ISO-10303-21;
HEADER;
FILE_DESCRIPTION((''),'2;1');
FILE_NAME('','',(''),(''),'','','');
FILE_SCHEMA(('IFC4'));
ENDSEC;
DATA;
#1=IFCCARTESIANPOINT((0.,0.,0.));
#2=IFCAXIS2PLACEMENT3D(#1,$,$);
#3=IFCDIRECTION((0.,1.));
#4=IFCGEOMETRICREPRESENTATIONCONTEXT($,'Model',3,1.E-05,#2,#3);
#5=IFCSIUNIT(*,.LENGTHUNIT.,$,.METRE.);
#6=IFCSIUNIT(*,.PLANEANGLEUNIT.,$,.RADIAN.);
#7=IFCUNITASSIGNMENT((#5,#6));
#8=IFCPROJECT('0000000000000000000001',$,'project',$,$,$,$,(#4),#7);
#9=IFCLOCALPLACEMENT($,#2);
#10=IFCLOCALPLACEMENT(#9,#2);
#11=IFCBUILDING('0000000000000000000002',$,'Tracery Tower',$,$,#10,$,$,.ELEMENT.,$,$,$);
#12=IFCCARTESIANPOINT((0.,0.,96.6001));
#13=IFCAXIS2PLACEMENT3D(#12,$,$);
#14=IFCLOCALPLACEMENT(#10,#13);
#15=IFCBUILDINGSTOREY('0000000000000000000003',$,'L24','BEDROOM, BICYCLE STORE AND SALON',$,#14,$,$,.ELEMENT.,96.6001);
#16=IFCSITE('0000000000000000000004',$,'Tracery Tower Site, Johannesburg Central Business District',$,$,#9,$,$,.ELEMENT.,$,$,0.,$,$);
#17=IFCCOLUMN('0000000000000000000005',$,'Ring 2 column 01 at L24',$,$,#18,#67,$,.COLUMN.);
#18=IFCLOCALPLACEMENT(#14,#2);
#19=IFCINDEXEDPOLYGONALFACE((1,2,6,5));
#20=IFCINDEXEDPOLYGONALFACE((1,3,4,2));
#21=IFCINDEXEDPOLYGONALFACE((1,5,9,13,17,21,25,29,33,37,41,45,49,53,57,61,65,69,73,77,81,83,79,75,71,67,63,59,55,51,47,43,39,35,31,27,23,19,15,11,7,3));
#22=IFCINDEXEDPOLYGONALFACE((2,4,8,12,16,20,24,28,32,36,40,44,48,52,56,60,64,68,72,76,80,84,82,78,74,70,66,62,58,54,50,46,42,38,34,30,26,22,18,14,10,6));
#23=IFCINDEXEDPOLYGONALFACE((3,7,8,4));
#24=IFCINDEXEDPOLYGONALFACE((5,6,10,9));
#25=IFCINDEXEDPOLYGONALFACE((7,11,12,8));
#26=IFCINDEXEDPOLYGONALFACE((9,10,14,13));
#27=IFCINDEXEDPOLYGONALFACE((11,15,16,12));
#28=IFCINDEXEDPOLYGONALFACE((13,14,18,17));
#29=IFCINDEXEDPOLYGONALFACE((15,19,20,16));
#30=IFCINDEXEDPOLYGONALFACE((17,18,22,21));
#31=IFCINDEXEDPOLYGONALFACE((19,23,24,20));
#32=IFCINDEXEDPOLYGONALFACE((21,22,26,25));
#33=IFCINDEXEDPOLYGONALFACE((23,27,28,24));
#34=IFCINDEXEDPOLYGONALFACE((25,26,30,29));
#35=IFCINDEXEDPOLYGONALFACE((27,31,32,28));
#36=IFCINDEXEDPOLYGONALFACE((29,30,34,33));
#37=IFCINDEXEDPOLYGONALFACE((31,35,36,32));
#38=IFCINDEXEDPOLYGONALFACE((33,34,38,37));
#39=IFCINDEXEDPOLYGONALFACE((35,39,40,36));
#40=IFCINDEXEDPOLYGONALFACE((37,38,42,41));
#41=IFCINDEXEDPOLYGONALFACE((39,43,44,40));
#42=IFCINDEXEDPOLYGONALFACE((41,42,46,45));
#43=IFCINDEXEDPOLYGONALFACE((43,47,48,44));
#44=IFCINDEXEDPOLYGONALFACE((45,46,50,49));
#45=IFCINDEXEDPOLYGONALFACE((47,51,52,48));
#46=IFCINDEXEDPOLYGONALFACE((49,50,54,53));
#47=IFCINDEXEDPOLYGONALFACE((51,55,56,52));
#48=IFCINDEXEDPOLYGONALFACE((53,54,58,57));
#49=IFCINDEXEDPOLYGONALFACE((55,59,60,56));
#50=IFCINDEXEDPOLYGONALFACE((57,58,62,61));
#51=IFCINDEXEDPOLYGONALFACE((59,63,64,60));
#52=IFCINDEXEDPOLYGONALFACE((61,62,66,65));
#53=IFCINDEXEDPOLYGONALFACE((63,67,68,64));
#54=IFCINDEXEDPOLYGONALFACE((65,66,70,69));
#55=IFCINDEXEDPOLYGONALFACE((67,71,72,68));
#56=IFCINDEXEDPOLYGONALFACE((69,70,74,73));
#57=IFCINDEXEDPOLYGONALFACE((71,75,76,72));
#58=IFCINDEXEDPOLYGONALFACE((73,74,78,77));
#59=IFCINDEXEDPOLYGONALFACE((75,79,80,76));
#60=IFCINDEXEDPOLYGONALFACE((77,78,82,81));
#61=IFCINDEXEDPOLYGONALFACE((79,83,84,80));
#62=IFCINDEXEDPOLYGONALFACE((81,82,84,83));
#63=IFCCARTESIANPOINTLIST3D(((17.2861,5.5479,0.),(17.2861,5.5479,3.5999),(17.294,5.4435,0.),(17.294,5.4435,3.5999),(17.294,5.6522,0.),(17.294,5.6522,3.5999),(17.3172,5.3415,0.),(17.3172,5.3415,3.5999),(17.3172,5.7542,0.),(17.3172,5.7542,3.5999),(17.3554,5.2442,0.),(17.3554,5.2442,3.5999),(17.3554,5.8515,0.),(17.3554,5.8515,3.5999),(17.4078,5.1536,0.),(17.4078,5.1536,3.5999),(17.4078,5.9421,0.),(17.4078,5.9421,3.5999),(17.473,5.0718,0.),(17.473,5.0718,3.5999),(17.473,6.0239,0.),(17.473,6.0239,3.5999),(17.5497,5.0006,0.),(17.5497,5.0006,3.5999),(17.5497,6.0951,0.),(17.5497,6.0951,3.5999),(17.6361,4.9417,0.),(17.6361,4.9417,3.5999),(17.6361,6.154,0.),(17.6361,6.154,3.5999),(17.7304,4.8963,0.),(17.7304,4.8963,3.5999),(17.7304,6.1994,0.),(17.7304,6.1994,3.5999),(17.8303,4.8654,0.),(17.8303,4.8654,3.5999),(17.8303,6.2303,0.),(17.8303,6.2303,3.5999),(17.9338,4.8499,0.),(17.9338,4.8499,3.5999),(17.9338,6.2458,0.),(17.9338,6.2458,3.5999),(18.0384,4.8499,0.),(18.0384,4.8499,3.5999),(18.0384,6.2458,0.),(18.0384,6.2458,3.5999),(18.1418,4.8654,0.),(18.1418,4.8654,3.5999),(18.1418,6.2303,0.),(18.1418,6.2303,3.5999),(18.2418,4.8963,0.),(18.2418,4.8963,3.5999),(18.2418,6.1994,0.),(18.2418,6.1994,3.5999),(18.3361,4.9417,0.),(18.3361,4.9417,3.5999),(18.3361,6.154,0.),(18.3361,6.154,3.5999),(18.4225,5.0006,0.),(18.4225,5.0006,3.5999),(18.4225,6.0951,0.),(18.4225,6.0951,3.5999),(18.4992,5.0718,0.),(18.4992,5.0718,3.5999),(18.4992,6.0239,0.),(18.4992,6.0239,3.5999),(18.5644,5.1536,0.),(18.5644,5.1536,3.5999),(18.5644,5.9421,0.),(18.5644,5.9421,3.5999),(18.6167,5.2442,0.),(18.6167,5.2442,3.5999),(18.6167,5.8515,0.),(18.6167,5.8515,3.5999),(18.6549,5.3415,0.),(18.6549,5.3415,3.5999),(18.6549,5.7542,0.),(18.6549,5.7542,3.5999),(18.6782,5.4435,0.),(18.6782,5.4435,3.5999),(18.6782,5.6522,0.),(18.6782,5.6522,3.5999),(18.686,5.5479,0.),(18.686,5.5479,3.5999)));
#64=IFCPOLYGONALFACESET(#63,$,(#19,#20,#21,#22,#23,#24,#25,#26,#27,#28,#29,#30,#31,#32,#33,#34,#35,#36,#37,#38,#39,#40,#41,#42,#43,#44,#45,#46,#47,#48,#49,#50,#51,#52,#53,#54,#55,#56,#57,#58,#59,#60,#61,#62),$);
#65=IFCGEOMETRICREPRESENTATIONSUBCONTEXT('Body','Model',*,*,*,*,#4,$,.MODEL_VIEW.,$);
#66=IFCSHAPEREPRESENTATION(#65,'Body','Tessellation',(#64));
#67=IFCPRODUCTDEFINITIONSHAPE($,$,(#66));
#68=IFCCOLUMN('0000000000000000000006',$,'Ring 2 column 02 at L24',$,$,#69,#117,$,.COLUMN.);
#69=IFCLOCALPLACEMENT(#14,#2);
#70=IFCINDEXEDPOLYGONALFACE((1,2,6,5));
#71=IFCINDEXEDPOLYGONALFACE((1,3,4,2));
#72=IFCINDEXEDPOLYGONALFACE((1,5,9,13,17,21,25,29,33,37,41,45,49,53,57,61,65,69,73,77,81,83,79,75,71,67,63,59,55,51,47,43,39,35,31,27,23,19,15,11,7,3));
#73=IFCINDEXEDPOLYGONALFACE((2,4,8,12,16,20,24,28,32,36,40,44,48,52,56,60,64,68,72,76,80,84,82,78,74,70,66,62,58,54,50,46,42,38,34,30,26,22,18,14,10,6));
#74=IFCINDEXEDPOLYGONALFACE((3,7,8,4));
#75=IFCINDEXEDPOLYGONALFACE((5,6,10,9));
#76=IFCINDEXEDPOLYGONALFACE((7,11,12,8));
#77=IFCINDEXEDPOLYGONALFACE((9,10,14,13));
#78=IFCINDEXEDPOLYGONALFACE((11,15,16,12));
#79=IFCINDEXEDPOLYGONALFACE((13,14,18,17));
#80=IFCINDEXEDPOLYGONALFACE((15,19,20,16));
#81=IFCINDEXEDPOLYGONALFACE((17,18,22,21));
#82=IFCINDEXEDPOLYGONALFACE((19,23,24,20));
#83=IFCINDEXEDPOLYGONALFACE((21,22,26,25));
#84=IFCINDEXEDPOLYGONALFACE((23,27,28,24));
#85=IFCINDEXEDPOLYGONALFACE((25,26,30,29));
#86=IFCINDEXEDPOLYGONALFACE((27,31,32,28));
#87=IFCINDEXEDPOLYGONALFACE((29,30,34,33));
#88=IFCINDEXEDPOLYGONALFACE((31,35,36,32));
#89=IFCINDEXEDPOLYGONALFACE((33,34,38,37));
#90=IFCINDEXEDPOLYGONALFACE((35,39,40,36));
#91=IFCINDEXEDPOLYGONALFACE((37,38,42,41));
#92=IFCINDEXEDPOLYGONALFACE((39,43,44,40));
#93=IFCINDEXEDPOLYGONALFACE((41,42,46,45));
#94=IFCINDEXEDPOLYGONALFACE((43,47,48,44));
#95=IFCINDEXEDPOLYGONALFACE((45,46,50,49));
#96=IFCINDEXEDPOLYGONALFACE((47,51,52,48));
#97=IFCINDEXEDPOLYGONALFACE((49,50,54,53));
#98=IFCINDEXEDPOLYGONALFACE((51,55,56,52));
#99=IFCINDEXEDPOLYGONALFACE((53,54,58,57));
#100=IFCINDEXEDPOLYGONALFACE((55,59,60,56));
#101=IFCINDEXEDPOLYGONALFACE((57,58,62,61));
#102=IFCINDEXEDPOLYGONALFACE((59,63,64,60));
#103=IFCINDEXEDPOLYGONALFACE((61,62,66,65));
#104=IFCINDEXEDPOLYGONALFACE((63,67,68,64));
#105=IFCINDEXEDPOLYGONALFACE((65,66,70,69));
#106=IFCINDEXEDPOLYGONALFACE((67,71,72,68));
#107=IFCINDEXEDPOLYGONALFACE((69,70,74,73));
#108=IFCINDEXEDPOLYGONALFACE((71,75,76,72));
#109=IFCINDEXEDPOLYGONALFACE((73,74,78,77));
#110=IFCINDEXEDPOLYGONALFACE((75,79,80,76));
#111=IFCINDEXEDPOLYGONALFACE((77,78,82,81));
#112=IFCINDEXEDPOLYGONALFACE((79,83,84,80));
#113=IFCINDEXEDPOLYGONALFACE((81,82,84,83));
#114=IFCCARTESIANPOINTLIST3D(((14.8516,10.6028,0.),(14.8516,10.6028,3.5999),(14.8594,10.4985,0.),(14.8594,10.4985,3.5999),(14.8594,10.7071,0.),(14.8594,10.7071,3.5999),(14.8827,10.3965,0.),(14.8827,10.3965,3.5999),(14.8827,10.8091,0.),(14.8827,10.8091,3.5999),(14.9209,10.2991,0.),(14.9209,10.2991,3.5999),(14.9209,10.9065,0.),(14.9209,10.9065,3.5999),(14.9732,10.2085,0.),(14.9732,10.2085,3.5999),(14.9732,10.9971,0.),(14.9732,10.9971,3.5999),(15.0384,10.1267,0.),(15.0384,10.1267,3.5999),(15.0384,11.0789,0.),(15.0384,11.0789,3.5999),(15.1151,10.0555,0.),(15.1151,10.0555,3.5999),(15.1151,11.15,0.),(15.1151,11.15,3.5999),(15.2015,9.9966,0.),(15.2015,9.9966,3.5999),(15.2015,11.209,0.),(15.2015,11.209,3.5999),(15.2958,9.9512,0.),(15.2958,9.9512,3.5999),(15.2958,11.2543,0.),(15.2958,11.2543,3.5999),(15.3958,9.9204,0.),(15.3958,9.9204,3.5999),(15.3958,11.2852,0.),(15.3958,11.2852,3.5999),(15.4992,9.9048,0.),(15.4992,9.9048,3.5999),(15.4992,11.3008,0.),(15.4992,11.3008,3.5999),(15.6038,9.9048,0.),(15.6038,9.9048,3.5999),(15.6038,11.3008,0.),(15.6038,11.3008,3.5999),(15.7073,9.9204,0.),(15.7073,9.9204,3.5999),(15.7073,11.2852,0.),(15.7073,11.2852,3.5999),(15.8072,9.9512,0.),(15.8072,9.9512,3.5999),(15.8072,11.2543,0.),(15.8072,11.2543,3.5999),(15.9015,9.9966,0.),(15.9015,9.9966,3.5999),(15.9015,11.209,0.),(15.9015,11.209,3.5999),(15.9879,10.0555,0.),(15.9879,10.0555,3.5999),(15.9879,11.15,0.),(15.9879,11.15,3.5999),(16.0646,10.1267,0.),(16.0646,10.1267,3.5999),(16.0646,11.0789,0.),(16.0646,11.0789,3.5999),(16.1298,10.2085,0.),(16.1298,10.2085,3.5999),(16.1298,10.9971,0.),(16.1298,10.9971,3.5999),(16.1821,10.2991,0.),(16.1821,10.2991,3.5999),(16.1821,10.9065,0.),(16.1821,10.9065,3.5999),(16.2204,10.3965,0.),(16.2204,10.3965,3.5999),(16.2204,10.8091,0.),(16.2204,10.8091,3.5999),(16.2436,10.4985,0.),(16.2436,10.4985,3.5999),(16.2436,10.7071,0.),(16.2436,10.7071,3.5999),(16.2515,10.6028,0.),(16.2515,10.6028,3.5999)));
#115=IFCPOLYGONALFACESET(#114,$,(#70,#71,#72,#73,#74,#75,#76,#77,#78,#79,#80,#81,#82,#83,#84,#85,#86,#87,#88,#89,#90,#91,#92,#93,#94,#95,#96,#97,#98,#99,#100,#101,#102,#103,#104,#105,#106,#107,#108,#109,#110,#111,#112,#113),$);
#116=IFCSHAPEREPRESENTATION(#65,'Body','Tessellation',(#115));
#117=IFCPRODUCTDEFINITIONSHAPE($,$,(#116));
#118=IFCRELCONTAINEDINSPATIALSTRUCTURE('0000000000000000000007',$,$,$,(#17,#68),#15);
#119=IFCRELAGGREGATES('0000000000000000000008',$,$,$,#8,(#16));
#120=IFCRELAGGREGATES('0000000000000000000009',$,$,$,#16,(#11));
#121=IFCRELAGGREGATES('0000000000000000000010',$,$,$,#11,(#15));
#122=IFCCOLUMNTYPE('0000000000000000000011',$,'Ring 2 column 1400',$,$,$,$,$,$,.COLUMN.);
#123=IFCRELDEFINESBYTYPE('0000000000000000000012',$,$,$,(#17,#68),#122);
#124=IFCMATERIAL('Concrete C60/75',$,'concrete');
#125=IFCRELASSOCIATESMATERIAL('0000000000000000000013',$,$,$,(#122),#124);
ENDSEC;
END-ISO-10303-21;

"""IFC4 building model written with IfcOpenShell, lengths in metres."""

from ifc_helpers import new_model, si_unit, direction, frame, origin, origin_2d, place, context, subcontext, project, spatial, circle, extrude, material, material_profile, profile_set, type_object, element, save


model = new_model("IFC4")

# Units and contexts
model_context = context("Model", 3, precision=1e-05, world=origin(), true_north=direction((0.0, 1.0)))
body_context = subcontext(model_context, "Body", "Model", "MODEL_VIEW")
ifc_project = project(units=[si_unit("LENGTHUNIT", "METRE"), si_unit("PLANEANGLEUNIT", "RADIAN")], contexts=[model_context])

# Site, building, storey
site_placement = place(None, origin())
site = spatial("IfcSite", under=ifc_project, at=site_placement, Name="Tracery Tower Site, Johannesburg Central Business District", CompositionType="ELEMENT", RefElevation=0.0)
building_placement = place(site_placement, origin())
building = spatial("IfcBuilding", under=site, at=building_placement, Name="Tracery Tower", CompositionType="ELEMENT")
storey_placement = place(building_placement, frame((0.0, 0.0, 96.6001)))
storey = spatial("IfcBuildingStorey", under=building, at=storey_placement, Name="L24", Description="BEDROOM, BICYCLE STORE AND SALON", CompositionType="ELEMENT", Elevation=96.6001)

# Columns
ifc_material_1 = material(Name="Concrete C60/75", Category="concrete")
ifc_material_profile = material_profile(ifc_material_1, circle(Radius=0.7, at=origin_2d()), Name="RC D1400")
ifc_profile_set = profile_set([ifc_material_profile], Name="Concrete C60/75")
column_type = type_object("IfcColumnType", Name="Ring 2 column 1400", PredefinedType="COLUMN", material=ifc_profile_set)
for number, where, z_axis, x_axis, name in (
    (1, (17.9861, 5.5479, 0.0), (0.0, 0.0, 1.0), (1.0, 0.0, 0.0), "Ring 2 column 01 at L24"),
    (2, (15.5515, 10.6028, 0.0), (0.0, 0.0, 1.0), (1.0, 0.0, 0.0), "Ring 2 column 02 at L24"),
):
    element("IfcColumn", number, at=place(storey_placement, frame(where, z_axis=z_axis, x_axis=x_axis)), inside=storey, type_object=column_type, Name=name, PredefinedType="COLUMN", context=body_context, shape_type="SweptSolid", body=[
        extrude(circle(Radius=0.7, at=origin_2d()), origin(), (0.0, 0.0, 1.0), 3.5999),
    ])

save(model, "model.ifc")
